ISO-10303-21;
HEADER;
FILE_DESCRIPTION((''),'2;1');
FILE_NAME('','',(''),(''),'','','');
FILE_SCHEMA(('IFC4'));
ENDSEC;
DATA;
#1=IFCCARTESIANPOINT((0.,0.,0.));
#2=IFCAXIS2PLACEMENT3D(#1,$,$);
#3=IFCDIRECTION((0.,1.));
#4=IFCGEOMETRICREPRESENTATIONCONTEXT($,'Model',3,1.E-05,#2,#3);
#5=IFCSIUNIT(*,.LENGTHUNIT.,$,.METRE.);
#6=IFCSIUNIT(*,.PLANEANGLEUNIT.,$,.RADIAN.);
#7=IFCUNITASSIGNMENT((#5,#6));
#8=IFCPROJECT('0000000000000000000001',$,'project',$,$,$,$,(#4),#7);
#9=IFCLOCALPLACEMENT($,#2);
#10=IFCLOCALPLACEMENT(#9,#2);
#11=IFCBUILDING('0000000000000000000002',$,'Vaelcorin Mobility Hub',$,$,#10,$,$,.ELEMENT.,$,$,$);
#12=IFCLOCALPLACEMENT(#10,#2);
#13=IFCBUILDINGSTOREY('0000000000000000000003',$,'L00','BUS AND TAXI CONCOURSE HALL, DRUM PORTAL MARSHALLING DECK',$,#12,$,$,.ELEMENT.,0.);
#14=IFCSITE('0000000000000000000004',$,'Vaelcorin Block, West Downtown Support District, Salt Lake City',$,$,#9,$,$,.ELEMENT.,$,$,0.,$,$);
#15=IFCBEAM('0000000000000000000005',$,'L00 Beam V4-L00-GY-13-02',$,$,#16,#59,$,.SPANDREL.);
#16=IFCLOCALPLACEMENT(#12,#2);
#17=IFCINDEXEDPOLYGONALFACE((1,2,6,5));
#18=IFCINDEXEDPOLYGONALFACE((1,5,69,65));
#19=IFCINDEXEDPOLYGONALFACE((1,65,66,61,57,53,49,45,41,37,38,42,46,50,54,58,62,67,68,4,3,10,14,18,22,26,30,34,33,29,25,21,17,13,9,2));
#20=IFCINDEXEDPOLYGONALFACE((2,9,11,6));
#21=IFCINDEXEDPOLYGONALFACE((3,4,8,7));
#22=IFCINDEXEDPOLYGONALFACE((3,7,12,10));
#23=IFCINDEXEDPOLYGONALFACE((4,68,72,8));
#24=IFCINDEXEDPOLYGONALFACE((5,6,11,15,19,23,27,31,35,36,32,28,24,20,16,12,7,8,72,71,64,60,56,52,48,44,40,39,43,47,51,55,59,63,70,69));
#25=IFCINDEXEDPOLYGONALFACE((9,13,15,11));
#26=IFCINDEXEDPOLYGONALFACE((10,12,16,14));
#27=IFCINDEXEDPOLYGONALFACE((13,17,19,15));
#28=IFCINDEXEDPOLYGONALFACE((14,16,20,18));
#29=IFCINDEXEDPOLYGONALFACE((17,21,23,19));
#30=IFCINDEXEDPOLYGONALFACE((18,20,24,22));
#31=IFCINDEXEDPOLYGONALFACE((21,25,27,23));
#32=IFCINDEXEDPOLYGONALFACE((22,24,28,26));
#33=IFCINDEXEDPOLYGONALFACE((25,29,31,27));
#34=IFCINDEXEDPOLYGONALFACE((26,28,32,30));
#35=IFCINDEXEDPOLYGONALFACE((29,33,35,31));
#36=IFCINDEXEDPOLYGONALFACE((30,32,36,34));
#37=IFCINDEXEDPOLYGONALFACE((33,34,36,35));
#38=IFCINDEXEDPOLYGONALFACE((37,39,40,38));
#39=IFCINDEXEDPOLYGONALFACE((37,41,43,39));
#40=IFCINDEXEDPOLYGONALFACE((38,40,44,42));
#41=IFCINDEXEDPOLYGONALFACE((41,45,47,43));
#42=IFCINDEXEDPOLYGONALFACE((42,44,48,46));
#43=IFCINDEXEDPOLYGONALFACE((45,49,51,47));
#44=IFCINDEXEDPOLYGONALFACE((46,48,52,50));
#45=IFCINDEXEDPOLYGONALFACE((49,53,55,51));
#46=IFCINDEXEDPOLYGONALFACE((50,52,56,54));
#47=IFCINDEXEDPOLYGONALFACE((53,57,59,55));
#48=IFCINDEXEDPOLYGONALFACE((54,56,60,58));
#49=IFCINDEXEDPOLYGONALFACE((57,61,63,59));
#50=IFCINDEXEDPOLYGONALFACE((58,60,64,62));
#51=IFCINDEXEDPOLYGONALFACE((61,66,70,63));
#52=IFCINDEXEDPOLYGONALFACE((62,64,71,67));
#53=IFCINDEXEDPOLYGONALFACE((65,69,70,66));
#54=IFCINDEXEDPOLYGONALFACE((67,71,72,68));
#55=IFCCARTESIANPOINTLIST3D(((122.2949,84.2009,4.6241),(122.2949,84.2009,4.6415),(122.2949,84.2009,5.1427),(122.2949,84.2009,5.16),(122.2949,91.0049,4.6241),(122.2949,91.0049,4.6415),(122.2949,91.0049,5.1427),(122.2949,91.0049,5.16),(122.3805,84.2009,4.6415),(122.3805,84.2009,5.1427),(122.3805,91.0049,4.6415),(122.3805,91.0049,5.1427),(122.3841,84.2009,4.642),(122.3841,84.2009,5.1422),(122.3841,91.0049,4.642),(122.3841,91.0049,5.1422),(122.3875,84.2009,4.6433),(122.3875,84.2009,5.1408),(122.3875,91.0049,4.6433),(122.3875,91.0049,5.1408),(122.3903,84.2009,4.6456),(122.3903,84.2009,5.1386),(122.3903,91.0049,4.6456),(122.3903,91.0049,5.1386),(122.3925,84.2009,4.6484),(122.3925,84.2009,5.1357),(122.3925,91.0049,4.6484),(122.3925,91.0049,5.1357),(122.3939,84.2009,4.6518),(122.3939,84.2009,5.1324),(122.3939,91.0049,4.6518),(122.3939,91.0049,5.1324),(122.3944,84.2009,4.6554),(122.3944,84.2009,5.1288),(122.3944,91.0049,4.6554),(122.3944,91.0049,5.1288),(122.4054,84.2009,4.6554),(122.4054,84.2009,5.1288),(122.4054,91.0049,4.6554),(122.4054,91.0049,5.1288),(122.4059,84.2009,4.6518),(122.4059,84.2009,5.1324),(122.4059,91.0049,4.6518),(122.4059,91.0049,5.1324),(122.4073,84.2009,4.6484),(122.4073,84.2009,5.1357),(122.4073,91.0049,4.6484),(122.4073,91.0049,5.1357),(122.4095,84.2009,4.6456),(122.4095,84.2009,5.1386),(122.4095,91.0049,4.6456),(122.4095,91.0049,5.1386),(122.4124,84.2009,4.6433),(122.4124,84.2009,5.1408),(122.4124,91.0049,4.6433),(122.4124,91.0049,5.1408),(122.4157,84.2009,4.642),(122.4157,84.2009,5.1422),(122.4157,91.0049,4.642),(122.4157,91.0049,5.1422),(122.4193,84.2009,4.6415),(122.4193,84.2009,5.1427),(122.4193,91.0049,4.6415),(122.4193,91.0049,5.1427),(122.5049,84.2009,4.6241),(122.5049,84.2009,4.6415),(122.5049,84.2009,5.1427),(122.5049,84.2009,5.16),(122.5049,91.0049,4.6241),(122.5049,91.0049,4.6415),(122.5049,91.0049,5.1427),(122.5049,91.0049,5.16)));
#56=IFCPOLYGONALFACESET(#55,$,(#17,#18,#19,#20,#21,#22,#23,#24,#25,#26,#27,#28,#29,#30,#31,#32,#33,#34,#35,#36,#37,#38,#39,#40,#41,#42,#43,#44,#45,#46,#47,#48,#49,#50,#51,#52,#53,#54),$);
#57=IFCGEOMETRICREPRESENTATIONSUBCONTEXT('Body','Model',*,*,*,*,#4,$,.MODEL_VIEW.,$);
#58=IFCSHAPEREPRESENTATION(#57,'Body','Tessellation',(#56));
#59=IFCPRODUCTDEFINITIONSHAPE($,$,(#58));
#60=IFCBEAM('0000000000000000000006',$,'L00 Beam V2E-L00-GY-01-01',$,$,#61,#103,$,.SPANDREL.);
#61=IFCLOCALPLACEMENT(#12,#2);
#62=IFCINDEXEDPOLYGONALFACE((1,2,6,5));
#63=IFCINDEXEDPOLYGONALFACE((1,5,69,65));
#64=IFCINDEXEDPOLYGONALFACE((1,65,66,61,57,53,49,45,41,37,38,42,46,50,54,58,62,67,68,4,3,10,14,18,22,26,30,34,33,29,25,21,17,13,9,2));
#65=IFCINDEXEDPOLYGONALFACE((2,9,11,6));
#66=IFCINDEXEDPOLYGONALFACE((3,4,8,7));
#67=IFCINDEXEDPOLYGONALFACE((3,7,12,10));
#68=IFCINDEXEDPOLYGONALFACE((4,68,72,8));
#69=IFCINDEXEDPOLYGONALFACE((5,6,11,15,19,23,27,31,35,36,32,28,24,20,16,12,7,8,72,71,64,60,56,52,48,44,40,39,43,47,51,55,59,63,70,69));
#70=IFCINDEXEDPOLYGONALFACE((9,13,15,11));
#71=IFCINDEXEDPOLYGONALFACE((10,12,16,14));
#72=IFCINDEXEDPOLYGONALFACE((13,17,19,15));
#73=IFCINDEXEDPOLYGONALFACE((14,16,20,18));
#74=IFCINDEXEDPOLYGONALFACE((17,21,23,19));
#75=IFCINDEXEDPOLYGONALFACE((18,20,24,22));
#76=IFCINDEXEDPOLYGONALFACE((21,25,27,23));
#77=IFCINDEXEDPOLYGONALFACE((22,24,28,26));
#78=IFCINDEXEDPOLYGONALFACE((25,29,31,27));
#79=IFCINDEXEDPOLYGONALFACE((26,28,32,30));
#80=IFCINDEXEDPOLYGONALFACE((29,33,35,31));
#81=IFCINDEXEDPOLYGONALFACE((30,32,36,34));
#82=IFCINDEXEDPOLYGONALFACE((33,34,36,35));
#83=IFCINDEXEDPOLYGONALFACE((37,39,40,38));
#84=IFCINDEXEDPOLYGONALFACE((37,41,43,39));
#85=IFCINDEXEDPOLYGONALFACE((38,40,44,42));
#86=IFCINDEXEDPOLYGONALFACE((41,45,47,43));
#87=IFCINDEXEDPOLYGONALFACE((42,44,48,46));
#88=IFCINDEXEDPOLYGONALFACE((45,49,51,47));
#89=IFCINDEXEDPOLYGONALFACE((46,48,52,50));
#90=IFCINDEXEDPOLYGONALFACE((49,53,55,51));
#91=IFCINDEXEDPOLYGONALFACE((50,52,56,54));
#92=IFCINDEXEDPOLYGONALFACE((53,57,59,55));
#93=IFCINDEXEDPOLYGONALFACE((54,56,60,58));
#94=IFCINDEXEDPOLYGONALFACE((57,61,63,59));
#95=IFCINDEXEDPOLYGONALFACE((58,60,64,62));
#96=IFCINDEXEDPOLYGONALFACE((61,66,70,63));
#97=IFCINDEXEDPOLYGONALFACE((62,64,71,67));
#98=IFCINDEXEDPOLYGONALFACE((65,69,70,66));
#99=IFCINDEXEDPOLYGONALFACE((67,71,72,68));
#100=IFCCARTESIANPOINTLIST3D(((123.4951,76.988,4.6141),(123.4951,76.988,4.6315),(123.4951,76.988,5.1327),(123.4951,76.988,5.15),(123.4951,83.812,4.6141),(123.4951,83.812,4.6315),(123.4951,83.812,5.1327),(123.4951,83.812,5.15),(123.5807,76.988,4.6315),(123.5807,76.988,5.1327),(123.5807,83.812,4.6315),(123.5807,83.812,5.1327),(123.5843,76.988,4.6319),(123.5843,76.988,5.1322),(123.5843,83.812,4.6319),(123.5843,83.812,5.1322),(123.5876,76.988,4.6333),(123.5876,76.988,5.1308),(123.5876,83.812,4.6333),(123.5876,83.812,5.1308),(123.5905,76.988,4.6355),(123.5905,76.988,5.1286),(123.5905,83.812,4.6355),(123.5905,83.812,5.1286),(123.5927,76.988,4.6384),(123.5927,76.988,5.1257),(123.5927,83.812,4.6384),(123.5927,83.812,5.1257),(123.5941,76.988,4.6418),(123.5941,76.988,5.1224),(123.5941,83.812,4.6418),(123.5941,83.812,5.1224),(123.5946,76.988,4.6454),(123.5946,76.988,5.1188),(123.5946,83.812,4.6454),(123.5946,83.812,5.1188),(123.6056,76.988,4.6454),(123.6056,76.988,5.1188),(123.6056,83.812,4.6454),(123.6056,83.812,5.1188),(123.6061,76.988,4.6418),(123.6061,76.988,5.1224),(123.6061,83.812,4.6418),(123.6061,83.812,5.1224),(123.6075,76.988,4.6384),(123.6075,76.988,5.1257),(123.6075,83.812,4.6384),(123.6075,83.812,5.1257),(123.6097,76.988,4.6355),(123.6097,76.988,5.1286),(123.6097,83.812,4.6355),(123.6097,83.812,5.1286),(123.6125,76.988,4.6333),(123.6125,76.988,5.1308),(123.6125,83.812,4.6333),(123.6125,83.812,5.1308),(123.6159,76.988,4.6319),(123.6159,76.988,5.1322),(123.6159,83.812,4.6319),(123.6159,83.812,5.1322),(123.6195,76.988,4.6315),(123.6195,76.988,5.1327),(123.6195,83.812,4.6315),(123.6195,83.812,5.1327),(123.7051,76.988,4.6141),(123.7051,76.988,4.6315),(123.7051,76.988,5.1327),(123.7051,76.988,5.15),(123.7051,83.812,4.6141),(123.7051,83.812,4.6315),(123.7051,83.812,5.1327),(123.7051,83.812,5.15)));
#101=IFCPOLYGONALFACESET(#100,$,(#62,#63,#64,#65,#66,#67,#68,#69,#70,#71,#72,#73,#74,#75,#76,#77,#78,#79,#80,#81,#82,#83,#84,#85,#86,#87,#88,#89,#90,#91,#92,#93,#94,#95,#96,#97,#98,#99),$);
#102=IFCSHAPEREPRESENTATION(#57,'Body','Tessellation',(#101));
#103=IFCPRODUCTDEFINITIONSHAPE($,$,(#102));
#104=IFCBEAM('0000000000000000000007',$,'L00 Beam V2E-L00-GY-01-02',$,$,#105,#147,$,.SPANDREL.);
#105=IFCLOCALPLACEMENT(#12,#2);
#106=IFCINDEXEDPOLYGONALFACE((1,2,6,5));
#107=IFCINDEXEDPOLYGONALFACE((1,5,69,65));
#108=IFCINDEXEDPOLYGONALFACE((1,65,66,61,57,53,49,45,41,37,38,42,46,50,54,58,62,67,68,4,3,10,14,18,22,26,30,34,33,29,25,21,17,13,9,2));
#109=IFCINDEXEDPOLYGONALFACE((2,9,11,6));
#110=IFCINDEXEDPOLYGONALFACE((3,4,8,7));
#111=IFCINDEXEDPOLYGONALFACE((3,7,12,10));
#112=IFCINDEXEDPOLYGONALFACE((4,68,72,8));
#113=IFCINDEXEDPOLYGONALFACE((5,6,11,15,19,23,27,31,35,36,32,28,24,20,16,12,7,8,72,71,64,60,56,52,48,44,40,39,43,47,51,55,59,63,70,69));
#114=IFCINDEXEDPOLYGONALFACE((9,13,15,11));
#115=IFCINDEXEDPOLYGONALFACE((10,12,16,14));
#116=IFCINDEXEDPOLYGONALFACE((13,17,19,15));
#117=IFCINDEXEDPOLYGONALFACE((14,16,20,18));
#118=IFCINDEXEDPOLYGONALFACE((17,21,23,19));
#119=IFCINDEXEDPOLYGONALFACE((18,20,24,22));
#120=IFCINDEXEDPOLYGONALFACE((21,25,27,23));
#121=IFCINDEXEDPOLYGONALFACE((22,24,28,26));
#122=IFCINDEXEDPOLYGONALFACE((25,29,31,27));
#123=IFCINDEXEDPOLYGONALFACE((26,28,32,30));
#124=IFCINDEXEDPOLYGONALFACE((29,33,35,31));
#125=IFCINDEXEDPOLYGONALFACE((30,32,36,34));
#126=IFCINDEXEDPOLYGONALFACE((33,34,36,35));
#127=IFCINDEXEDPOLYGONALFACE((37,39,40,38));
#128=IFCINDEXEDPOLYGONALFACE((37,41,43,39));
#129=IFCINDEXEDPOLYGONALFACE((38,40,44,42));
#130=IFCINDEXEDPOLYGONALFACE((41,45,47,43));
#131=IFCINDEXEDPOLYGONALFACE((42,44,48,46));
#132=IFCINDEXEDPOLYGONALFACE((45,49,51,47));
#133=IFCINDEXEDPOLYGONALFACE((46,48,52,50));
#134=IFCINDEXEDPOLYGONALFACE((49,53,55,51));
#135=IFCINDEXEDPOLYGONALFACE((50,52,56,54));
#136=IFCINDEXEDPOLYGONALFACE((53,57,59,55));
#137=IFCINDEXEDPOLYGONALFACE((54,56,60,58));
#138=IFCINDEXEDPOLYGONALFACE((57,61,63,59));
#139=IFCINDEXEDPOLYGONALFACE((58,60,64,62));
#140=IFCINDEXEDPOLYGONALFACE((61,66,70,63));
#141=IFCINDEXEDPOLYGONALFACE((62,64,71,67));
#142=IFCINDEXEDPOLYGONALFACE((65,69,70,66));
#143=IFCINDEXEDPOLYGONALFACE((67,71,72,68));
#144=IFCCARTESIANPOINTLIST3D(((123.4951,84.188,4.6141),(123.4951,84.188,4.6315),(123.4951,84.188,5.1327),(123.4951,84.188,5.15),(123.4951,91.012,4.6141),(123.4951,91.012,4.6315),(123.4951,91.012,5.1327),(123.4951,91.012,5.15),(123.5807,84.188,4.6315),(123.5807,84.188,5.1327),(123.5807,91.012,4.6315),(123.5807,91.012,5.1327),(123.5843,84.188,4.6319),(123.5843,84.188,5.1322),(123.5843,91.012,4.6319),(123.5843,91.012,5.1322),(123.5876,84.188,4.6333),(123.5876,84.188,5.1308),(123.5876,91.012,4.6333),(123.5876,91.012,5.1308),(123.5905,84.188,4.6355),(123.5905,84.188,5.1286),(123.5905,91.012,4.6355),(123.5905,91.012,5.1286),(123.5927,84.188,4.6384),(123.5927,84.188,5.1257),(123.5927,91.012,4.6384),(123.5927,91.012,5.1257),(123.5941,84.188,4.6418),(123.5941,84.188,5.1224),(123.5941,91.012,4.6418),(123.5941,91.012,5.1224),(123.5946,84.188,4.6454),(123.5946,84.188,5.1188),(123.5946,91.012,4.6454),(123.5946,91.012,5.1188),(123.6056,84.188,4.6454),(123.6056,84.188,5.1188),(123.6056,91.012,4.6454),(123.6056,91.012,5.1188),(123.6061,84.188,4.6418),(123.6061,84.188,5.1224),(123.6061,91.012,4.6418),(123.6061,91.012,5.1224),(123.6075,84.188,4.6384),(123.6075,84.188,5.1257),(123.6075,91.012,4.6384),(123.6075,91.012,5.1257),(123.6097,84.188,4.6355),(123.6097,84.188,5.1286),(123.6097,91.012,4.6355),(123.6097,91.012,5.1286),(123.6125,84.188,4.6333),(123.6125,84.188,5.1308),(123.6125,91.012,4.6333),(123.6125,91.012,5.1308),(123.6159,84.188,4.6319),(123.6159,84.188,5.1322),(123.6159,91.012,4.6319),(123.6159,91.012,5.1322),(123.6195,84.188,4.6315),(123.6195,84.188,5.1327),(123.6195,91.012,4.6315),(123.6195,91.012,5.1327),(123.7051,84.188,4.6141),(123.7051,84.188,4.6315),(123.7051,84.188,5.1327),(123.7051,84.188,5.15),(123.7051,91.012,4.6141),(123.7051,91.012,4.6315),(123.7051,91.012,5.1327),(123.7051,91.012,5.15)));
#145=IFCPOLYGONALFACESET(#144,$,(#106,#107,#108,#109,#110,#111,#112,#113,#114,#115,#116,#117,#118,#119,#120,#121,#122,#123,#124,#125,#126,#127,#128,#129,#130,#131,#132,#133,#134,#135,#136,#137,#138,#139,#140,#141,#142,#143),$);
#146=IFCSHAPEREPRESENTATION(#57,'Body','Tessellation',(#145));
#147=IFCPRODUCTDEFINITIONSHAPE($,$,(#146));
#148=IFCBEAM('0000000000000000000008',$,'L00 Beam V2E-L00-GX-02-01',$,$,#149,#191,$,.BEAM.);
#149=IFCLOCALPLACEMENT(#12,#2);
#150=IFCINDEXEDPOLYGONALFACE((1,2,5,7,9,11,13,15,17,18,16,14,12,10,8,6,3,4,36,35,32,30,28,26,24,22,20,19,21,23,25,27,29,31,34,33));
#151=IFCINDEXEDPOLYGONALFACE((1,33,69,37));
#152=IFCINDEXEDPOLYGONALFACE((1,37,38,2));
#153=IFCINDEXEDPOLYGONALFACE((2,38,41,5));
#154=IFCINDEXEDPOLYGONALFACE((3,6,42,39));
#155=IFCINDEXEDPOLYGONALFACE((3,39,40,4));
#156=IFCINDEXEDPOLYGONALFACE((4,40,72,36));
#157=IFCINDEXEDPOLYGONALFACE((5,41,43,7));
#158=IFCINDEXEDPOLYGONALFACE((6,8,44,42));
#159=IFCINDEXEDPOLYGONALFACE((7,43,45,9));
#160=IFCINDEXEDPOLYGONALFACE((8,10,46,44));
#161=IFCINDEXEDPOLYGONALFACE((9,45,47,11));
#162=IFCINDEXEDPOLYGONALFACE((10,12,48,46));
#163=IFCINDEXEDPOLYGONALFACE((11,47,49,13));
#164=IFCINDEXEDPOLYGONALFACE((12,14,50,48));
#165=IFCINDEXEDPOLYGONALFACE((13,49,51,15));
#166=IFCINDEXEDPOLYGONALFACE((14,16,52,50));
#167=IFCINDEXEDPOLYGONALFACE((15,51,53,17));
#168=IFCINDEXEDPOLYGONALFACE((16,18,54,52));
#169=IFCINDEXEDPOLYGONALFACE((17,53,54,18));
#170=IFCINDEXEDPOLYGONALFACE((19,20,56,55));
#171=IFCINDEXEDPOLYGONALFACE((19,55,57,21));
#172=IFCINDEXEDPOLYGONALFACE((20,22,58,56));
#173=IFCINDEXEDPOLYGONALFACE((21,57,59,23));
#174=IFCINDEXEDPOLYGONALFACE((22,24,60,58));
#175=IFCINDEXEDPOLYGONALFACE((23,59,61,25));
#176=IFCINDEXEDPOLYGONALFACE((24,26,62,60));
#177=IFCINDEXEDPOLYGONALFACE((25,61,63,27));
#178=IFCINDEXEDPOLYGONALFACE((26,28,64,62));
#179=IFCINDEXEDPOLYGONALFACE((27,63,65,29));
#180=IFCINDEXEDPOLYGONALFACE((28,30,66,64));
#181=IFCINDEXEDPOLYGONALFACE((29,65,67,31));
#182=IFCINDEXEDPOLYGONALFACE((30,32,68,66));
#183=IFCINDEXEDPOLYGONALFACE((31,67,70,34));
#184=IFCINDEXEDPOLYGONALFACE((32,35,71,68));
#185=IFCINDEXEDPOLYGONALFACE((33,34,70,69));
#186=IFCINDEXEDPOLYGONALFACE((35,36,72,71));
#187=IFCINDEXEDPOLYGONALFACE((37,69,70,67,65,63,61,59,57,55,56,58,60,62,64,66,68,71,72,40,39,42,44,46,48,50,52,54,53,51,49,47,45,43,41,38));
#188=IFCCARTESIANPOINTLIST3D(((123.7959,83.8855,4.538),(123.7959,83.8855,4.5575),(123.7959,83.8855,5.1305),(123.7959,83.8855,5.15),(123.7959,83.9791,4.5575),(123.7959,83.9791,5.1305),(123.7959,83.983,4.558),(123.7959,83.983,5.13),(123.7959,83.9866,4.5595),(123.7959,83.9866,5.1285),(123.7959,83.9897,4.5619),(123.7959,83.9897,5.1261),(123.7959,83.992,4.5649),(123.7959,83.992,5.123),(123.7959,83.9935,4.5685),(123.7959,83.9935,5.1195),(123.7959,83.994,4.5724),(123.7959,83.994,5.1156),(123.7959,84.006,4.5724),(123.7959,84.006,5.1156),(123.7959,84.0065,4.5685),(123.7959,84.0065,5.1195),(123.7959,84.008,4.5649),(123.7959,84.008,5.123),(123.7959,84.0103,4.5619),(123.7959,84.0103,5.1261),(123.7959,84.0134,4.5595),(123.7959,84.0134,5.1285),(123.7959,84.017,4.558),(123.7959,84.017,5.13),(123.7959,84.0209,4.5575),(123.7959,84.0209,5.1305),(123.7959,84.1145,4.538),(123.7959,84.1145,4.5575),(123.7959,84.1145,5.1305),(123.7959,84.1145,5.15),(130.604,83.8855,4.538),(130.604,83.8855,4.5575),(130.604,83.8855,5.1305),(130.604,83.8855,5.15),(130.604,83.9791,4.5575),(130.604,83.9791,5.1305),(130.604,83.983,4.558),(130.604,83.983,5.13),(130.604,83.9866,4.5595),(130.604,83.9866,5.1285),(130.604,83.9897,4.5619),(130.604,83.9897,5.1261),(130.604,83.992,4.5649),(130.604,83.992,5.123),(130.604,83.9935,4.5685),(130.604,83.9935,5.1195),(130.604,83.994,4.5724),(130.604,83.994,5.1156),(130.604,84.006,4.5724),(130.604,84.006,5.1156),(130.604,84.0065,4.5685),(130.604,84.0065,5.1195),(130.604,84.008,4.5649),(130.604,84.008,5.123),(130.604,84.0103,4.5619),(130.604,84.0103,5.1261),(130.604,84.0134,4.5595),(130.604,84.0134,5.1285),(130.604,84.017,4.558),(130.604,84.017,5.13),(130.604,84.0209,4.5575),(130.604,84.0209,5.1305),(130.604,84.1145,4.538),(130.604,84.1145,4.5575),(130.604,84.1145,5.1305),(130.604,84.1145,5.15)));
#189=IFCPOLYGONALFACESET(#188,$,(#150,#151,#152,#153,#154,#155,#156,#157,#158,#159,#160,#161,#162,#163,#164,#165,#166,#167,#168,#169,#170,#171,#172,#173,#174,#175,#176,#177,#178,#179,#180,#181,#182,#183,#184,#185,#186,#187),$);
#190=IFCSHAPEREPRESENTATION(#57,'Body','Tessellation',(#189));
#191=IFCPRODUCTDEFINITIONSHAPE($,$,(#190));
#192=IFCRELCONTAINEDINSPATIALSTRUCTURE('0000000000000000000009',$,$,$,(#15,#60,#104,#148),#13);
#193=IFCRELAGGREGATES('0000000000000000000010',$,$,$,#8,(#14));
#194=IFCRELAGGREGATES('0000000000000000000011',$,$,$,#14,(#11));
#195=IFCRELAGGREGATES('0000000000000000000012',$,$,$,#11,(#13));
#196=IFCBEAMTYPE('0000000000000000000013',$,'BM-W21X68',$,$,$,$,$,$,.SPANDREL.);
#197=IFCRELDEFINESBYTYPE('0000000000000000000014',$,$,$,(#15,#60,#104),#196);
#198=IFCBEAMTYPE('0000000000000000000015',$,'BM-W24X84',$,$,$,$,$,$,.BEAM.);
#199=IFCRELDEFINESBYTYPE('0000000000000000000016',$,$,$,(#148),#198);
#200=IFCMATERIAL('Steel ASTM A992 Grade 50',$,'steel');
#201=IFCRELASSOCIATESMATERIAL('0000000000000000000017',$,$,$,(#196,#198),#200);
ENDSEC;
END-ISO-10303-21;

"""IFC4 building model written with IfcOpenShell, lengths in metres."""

from ifc_helpers import new_model, si_unit, direction, frame, origin, origin_2d, place, context, subcontext, project, spatial, i_section, extrude, material, material_profile, profile_set, type_object, element, save


model = new_model("IFC4")

# Units and contexts
model_context = context("Model", 3, precision=1e-05, world=origin(), true_north=direction((0.0, 1.0)))
body_context = subcontext(model_context, "Body", "Model", "MODEL_VIEW")
ifc_project = project(units=[si_unit("LENGTHUNIT", "METRE"), si_unit("PLANEANGLEUNIT", "RADIAN")], contexts=[model_context])

# Site, building, storey
site_placement = place(None, origin())
site = spatial("IfcSite", under=ifc_project, at=site_placement, Name="Vaelcorin Block, West Downtown Support District, Salt Lake City", CompositionType="ELEMENT", RefElevation=0.0)
building_placement = place(site_placement, origin())
building = spatial("IfcBuilding", under=site, at=building_placement, Name="Vaelcorin Mobility Hub", CompositionType="ELEMENT")
storey_placement = place(building_placement, origin())
storey = spatial("IfcBuildingStorey", under=building, at=storey_placement, Name="L00", Description="BUS AND TAXI CONCOURSE HALL, DRUM PORTAL MARSHALLING DECK", CompositionType="ELEMENT", Elevation=0.0)

# Shared definitions
ifc_material_1 = material(Name="Steel ASTM A992 Grade 50", Category="steel")

# Beams
ifc_material_profile_1 = material_profile(ifc_material_1, i_section(OverallWidth=0.21, OverallDepth=0.5359, WebThickness=0.011, FlangeThickness=0.0173, FilletRadius=0.0139, at=origin_2d()), Name="W21X68")
ifc_profile_set_1 = profile_set([ifc_material_profile_1], Name="Steel ASTM A992 Grade 50")
beam_type_1 = type_object("IfcBeamType", Name="BM-W21X68", PredefinedType="SPANDREL", material=ifc_profile_set_1)
for number, where, z_axis, x_axis, name in (
    (1, (122.3999, 84.2009, 4.8921), (0.0, 1.0, 0.0), (-1.0, 0.0, 0.0), "L00 Beam V4-L00-GY-13-02"),
):
    element("IfcBeam", number, at=place(storey_placement, frame(where, z_axis=z_axis, x_axis=x_axis)), inside=storey, type_object=beam_type_1, Name=name, PredefinedType="SPANDREL", context=body_context, shape_type="SweptSolid", body=[
        extrude(i_section(OverallWidth=0.21, OverallDepth=0.5359, WebThickness=0.011, FlangeThickness=0.0173, FilletRadius=0.0139, at=origin_2d()), origin(), (0.0, 0.0, 1.0), 6.804),
    ])
for number, where, z_axis, x_axis, name in (
    (2, (123.6001, 76.988, 4.8821), (0.0, 1.0, 0.0), (-1.0, 0.0, 0.0), "L00 Beam V2E-L00-GY-01-01"),
    (3, (123.6001, 84.188, 4.8821), (0.0, 1.0, 0.0), (-1.0, 0.0, 0.0), "L00 Beam V2E-L00-GY-01-02"),
):
    element("IfcBeam", number, at=place(storey_placement, frame(where, z_axis=z_axis, x_axis=x_axis)), inside=storey, type_object=beam_type_1, Name=name, PredefinedType="SPANDREL", context=body_context, shape_type="SweptSolid", body=[
        extrude(i_section(OverallWidth=0.21, OverallDepth=0.5359, WebThickness=0.011, FlangeThickness=0.0173, FilletRadius=0.0139, at=origin_2d()), origin(), (0.0, 0.0, 1.0), 6.824),
    ])
ifc_material_profile_2 = material_profile(ifc_material_1, i_section(OverallWidth=0.229, OverallDepth=0.6121, WebThickness=0.012, FlangeThickness=0.0195, FilletRadius=0.0149, at=origin_2d()), Name="W24X84")
ifc_profile_set_2 = profile_set([ifc_material_profile_2], Name="Steel ASTM A992 Grade 50")
beam_type_2 = type_object("IfcBeamType", Name="BM-W24X84", PredefinedType="BEAM", material=ifc_profile_set_2)
beam_1_placement = place(storey_placement, frame((123.7959, 84.0, 4.844), z_axis=(1.0, 0.0, 0.0), x_axis=(0.0, 1.0, 0.0)))
element("IfcBeam", 4, at=beam_1_placement, inside=storey, type_object=beam_type_2, Name="L00 Beam V2E-L00-GX-02-01", PredefinedType="BEAM", context=body_context, shape_type="SweptSolid", body=[
    extrude(i_section(OverallWidth=0.229, OverallDepth=0.6121, WebThickness=0.012, FlangeThickness=0.0195, FilletRadius=0.0149, at=origin_2d()), origin(), (0.0, 0.0, 1.0), 6.8081),
])

save(model, "model.ifc")
